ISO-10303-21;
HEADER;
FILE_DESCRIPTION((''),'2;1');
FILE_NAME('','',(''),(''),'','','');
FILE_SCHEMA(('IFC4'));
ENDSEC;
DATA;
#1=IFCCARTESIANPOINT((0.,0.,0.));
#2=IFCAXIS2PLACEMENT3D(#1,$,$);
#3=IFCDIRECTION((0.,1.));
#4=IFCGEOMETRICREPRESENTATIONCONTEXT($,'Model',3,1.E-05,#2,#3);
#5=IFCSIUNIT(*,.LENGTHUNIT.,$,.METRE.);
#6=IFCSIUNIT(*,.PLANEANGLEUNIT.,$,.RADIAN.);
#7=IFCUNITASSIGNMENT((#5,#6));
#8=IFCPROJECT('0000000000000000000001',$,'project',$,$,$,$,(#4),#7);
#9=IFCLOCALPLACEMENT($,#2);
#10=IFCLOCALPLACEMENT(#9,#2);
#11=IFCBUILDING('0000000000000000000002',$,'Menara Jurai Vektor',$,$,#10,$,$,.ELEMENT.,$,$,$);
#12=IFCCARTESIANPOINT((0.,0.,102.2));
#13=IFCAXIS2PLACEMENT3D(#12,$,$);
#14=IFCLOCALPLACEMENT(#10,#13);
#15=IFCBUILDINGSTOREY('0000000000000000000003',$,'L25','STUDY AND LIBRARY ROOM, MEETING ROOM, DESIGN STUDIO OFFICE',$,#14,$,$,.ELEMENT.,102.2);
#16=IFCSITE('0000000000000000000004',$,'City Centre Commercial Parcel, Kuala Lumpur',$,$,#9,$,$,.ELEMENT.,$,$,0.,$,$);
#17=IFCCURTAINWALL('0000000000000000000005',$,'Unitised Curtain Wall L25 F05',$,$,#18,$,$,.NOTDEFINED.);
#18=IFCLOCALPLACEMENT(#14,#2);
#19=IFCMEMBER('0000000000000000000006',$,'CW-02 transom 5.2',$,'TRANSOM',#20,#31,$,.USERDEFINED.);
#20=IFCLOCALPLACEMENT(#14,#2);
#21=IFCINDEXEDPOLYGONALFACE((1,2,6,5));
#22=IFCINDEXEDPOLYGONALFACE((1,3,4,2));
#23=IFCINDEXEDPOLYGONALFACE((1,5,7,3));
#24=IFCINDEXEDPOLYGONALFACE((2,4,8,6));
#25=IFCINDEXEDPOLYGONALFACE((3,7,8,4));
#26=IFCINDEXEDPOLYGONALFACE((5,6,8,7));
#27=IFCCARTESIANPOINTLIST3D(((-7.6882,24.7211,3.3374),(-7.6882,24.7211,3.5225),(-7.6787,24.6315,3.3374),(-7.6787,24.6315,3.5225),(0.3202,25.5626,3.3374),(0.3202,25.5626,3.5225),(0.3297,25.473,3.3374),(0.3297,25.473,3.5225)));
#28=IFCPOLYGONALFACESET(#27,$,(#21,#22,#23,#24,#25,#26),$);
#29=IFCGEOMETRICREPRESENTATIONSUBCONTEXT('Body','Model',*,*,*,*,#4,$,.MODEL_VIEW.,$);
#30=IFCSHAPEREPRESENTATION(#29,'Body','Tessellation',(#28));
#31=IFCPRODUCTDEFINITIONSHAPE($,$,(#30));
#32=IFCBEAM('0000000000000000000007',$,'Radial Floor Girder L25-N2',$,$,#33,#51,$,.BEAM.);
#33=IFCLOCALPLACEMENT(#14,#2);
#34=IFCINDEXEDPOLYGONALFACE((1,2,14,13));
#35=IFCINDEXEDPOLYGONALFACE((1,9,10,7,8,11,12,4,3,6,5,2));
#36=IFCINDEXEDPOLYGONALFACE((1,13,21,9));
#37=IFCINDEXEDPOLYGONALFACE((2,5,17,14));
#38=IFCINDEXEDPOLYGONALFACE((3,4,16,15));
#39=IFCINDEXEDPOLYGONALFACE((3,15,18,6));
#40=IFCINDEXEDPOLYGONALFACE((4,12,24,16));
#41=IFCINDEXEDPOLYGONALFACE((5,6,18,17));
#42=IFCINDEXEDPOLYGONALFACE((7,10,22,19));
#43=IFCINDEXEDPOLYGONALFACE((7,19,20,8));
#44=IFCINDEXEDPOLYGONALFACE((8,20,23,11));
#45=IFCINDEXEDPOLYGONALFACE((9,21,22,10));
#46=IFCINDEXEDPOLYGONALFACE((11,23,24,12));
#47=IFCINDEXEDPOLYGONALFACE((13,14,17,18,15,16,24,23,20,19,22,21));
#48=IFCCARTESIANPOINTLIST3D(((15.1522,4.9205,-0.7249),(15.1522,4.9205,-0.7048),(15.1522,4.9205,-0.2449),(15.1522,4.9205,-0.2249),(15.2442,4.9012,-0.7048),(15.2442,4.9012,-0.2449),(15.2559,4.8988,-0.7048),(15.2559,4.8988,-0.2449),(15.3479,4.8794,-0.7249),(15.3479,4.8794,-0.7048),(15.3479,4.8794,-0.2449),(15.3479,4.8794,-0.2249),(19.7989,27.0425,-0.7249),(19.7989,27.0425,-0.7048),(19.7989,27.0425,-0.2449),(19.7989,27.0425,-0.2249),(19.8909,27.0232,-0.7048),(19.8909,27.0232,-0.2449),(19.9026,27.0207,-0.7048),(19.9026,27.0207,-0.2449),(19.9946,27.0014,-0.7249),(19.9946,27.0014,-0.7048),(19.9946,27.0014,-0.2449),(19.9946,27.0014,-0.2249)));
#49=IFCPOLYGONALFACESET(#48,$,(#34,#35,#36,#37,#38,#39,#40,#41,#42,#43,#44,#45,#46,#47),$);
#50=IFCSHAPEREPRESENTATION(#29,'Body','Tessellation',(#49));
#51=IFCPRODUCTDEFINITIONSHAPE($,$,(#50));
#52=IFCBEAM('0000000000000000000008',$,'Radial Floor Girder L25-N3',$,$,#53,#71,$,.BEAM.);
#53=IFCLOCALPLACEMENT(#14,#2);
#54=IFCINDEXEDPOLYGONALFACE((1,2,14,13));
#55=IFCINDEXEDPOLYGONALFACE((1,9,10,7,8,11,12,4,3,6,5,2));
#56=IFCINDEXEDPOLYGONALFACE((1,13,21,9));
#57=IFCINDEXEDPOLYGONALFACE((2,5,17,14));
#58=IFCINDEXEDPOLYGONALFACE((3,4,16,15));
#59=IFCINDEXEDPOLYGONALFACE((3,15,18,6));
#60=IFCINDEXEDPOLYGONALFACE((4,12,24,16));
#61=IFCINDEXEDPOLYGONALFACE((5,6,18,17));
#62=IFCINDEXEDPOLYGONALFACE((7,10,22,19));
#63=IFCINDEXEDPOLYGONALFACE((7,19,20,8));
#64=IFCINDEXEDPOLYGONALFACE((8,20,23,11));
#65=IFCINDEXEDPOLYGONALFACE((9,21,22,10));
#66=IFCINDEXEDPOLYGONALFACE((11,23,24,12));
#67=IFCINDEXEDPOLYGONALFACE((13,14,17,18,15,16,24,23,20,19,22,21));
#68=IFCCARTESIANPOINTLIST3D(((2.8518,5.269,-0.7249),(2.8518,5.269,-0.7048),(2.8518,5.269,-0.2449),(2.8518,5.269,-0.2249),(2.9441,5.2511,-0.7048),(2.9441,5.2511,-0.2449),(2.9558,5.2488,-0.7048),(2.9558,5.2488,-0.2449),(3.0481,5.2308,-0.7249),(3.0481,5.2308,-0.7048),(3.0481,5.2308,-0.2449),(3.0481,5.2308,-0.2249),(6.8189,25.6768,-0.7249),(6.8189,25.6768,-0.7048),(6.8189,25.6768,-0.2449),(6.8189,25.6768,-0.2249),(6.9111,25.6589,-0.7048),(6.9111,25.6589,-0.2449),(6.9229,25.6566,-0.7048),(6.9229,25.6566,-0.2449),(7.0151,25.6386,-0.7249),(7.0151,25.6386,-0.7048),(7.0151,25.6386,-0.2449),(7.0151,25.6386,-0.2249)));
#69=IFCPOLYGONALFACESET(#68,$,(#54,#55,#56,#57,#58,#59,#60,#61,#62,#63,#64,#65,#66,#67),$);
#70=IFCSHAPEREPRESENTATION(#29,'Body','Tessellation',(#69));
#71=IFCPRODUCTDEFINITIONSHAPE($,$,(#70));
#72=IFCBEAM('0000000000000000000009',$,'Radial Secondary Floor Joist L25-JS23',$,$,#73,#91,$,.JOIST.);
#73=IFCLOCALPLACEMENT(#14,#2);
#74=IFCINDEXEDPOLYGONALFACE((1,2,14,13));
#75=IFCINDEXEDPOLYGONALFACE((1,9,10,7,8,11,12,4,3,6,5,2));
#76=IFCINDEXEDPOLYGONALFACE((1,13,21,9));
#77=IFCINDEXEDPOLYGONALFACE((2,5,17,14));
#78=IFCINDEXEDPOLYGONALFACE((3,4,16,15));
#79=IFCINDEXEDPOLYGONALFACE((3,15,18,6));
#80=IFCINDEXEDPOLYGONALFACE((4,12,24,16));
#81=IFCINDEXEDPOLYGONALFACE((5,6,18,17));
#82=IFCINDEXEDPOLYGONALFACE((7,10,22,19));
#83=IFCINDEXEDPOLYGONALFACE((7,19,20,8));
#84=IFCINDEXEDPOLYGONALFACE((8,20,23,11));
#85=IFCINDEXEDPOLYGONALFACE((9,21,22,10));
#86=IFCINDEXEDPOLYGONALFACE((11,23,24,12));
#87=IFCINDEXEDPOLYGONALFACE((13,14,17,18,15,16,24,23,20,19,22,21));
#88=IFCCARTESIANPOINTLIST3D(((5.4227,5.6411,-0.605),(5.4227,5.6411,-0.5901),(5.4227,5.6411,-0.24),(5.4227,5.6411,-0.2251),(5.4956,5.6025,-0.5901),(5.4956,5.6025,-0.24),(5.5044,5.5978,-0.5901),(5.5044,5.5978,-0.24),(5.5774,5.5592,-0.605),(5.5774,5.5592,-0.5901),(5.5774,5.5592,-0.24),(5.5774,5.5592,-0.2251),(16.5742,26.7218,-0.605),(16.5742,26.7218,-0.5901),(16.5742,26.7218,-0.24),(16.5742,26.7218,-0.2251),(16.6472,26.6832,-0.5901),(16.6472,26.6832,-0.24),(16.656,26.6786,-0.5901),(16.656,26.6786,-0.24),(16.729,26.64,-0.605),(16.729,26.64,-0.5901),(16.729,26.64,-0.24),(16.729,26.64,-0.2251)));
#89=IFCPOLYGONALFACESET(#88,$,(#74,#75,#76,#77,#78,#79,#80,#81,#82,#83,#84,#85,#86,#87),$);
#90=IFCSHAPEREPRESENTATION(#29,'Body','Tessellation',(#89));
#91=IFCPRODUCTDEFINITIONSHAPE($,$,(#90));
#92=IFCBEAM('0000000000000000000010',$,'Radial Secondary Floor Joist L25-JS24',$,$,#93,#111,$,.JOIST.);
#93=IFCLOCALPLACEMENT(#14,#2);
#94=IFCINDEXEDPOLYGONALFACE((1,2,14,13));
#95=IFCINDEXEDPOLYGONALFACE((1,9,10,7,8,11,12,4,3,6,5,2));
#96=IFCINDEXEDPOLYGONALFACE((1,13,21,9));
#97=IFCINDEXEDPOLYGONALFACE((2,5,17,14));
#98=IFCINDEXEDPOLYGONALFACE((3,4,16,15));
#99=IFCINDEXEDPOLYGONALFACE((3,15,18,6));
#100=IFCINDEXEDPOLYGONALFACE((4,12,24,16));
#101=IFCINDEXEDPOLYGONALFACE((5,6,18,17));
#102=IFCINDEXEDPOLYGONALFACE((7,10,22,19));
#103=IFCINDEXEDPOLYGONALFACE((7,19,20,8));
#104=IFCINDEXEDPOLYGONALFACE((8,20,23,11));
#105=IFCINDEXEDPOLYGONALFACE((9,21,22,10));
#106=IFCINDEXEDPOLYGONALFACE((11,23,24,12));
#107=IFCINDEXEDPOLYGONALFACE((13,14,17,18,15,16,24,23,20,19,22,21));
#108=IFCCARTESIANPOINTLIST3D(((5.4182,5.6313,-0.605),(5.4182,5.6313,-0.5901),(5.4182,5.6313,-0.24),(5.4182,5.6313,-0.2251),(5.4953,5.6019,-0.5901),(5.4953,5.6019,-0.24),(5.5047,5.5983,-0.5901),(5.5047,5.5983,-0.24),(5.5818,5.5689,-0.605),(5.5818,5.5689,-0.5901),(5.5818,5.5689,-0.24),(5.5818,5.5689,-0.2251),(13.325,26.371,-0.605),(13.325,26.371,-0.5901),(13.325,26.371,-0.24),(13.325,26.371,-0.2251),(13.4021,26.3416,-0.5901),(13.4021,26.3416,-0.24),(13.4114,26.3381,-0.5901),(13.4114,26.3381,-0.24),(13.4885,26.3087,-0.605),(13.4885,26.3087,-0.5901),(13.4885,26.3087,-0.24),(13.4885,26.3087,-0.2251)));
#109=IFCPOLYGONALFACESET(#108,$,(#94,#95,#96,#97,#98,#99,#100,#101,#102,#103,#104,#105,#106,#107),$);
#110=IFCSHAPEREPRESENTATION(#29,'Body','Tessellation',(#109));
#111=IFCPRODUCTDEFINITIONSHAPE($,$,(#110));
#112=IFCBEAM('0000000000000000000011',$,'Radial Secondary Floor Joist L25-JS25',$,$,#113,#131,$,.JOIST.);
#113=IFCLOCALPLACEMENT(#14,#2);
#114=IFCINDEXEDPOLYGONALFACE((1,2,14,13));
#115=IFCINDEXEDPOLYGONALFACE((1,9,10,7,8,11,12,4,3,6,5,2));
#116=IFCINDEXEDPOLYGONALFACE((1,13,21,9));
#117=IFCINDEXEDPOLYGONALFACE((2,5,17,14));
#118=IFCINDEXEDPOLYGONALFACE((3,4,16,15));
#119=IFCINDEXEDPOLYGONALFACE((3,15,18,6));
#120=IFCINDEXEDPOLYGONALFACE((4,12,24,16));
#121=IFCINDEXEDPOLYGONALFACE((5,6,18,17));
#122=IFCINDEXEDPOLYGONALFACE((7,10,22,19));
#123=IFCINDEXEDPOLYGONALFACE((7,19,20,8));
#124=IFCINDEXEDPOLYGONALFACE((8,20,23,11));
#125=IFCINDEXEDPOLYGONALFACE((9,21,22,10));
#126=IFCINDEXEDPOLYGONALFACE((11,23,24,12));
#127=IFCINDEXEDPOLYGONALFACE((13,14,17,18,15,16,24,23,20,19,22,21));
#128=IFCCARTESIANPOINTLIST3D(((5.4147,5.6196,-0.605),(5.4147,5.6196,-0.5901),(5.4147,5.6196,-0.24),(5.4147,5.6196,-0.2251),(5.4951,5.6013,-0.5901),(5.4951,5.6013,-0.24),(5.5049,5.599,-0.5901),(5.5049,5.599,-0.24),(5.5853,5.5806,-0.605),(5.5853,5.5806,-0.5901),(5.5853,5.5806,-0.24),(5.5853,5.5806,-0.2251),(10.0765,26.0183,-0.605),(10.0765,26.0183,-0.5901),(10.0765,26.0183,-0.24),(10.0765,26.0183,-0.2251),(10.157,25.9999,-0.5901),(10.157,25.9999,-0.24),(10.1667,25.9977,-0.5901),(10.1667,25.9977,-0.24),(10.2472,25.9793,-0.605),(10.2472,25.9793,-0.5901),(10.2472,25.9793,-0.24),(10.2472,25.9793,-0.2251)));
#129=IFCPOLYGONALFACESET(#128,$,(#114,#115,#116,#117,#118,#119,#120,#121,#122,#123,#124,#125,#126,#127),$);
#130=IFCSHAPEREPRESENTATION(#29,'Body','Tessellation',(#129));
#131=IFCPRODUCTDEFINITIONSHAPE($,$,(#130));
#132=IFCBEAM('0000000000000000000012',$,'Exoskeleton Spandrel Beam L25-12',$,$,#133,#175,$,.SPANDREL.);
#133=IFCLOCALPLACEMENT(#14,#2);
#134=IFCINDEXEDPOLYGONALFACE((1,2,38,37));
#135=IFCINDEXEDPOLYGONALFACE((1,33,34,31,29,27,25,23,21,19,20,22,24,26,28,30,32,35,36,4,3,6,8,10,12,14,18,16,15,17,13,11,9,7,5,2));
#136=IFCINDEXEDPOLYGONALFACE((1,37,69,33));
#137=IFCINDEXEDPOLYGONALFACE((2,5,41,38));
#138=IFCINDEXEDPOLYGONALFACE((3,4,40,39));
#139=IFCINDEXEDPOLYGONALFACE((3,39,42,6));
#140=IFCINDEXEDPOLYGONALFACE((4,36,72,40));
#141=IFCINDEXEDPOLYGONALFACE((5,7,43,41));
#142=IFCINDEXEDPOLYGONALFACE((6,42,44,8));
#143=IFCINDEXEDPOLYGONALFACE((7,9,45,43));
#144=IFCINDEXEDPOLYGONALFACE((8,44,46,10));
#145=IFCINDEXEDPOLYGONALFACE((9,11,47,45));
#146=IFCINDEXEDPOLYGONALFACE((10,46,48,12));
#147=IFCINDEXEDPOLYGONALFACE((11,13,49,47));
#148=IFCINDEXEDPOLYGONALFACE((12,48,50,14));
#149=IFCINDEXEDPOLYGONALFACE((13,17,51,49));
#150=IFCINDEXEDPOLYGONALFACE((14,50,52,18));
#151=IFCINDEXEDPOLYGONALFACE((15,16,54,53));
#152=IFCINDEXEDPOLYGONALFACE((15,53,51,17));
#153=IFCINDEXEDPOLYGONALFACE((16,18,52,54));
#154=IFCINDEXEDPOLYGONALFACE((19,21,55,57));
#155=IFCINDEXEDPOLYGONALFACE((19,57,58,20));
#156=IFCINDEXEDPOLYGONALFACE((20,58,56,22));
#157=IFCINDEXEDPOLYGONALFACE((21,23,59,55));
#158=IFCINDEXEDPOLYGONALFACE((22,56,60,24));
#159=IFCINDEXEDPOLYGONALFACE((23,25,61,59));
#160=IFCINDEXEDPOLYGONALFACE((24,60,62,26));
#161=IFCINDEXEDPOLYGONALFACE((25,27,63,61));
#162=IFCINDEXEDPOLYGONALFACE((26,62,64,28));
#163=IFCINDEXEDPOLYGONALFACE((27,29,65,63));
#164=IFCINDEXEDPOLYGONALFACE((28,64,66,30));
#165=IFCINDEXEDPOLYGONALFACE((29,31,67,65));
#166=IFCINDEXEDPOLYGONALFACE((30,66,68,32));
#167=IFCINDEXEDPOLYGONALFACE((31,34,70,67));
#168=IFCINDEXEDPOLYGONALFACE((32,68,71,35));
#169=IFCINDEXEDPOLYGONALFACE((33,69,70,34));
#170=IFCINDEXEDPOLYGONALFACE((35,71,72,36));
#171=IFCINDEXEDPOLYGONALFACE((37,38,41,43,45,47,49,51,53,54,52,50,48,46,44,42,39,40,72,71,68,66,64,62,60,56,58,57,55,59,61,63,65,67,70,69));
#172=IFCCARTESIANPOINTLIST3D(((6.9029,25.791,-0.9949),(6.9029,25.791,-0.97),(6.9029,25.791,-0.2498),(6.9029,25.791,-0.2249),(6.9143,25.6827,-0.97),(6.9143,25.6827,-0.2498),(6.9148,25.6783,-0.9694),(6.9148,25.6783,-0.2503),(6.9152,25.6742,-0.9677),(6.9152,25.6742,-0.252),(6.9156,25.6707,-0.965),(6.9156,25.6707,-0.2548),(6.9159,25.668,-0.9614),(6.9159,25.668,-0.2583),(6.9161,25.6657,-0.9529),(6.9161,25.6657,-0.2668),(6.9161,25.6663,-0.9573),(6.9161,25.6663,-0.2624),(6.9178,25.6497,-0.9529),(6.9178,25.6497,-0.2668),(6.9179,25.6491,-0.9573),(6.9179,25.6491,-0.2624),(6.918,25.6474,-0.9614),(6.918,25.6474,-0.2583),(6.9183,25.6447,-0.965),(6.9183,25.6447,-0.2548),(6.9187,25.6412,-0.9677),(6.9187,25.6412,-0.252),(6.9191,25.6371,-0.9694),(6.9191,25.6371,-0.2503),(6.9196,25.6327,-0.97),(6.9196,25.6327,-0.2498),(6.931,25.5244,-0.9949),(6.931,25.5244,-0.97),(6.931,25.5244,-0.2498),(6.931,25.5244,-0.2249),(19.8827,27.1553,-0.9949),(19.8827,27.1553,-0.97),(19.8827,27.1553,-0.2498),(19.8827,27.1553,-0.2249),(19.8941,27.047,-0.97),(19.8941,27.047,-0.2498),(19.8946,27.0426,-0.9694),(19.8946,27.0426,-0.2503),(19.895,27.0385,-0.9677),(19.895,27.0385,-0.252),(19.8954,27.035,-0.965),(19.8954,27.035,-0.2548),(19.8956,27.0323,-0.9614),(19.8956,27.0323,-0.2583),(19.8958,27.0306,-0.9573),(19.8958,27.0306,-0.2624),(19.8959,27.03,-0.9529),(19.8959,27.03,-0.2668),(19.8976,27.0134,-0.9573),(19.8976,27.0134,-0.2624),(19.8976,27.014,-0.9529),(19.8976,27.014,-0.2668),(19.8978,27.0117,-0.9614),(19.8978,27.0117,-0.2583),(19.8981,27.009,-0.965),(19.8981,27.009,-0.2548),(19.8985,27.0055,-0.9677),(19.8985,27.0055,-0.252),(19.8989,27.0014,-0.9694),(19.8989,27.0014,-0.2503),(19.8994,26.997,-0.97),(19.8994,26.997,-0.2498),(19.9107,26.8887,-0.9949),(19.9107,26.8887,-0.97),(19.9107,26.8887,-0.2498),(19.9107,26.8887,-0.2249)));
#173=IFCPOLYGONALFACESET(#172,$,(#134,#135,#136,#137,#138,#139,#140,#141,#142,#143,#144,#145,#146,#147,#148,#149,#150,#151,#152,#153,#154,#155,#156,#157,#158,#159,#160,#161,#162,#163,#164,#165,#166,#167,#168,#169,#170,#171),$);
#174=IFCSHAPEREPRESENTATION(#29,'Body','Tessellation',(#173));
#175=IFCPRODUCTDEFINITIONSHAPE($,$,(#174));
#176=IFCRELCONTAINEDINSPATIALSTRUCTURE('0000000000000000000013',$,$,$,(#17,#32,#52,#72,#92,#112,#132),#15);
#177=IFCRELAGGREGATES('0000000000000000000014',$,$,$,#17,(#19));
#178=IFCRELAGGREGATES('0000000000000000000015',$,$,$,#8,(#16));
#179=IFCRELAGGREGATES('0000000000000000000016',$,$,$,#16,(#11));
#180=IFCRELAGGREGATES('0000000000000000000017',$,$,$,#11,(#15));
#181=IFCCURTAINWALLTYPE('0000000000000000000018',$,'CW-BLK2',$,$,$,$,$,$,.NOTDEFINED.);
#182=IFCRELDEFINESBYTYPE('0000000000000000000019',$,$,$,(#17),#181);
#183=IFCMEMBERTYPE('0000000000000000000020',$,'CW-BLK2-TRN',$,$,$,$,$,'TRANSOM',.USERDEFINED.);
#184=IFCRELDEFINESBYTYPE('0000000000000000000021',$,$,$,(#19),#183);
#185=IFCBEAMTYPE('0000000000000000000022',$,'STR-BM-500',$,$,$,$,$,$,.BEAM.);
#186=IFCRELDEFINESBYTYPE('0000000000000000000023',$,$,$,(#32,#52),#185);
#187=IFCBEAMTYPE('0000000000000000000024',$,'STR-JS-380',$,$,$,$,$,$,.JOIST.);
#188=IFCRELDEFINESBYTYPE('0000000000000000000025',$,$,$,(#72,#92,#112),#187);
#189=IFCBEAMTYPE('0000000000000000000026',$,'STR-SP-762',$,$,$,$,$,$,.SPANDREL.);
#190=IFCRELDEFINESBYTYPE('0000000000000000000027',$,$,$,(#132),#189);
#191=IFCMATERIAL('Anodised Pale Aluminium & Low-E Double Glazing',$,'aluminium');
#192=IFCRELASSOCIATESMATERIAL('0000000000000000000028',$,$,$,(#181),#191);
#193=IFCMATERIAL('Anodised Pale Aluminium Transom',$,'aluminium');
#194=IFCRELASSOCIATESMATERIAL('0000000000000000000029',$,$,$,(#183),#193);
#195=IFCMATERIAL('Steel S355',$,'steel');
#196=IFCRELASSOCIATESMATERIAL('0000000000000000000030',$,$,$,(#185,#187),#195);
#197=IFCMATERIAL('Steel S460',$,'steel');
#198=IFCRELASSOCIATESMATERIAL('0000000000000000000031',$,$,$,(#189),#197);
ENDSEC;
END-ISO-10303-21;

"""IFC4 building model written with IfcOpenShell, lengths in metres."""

from ifc_helpers import new_model, si_unit, direction, frame, origin, origin_2d, place, context, subcontext, project, spatial, rectangle, i_section, extrude, material, material_profile, profile_set, type_object, element, aggregate, save


model = new_model("IFC4")

# Units and contexts
model_context = context("Model", 3, precision=1e-05, world=origin(), true_north=direction((0.0, 1.0)))
body_context = subcontext(model_context, "Body", "Model", "MODEL_VIEW")
ifc_project = project(units=[si_unit("LENGTHUNIT", "METRE"), si_unit("PLANEANGLEUNIT", "RADIAN")], contexts=[model_context])

# Site, building, storey
site_placement = place(None, origin())
site = spatial("IfcSite", under=ifc_project, at=site_placement, Name="City Centre Commercial Parcel, Kuala Lumpur", CompositionType="ELEMENT", RefElevation=0.0)
building_placement = place(site_placement, origin())
building = spatial("IfcBuilding", under=site, at=building_placement, Name="Menara Jurai Vektor", CompositionType="ELEMENT")
storey_placement = place(building_placement, frame((0.0, 0.0, 102.2)))
storey = spatial("IfcBuildingStorey", under=building, at=storey_placement, Name="L25", Description="STUDY AND LIBRARY ROOM, MEETING ROOM, DESIGN STUDIO OFFICE", CompositionType="ELEMENT", Elevation=102.2)

# Shared definitions
ifc_material_1 = material(Name="Steel S460", Category="steel")

# Curtain wall, member
ifc_material_2 = material(Name="Anodised Pale Aluminium & Low-E Double Glazing", Category="aluminium")
curtain_wall_type = type_object("IfcCurtainWallType", Name="CW-BLK2", PredefinedType="NOTDEFINED", material=ifc_material_2)
curtain_wall_placement = place(storey_placement, origin())
curtain_wall = element("IfcCurtainWall", 1, at=curtain_wall_placement, inside=storey, type_object=curtain_wall_type, Name="Unitised Curtain Wall L25 F05", PredefinedType="NOTDEFINED")
ifc_material_3 = material(Name="Anodised Pale Aluminium Transom", Category="aluminium")
ifc_material_profile_1 = material_profile(ifc_material_3, rectangle(XDim=0.0901, YDim=0.1851, at=origin_2d()), Name="ALU TRN 90x185")
ifc_profile_set_1 = profile_set([ifc_material_profile_1], Name="Anodised Pale Aluminium Transom")
member_type_1 = type_object("IfcMemberType", Name="CW-BLK2-TRN", ElementType="TRANSOM", PredefinedType="USERDEFINED", material=ifc_profile_set_1)
member_1_placement = place(storey_placement, frame((0.325, 25.5178, 3.4299), z_axis=(-0.994524, -0.10451, 0.0), x_axis=(0.10451, -0.994524, 0.0)))
member_1 = element("IfcMember", 2, at=member_1_placement, type_object=member_type_1, Name="CW-02 transom 5.2", ObjectType="TRANSOM", PredefinedType="USERDEFINED", context=body_context, shape_type="SweptSolid", body=[
    extrude(rectangle(XDim=0.0901, YDim=0.1851, at=origin_2d()), origin(), (0.0, 0.0, 1.0), 8.0525),
])

# Beams
ifc_material_4 = material(Name="Steel S355", Category="steel")
ifc_material_profile_2 = material_profile(ifc_material_4, i_section(OverallWidth=0.2, OverallDepth=0.5, WebThickness=0.012, FlangeThickness=0.02, at=origin_2d()), Name="PG 500x200x96")
ifc_profile_set_2 = profile_set([ifc_material_profile_2], Name="Steel S355")
beam_type_1 = type_object("IfcBeamType", Name="STR-BM-500", PredefinedType="BEAM", material=ifc_profile_set_2)
beam_1_placement = place(storey_placement, frame((19.8967, 27.022, -0.4749), z_axis=(-0.205564, -0.978644, 0.0), x_axis=(0.978644, -0.205564, 0.0)))
element("IfcBeam", 3, at=beam_1_placement, inside=storey, type_object=beam_type_1, Name="Radial Floor Girder L25-N2", PredefinedType="BEAM", context=body_context, shape_type="SweptSolid", body=[
    extrude(i_section(OverallWidth=0.2, OverallDepth=0.5, WebThickness=0.012, FlangeThickness=0.02, at=origin_2d()), origin(), (0.0, 0.0, 1.0), 22.6047),
])
beam_2_placement = place(storey_placement, frame((6.917, 25.6577, -0.4749), z_axis=(-0.190817, -0.981626, 0.0), x_axis=(0.981626, -0.190817, 0.0)))
element("IfcBeam", 4, at=beam_2_placement, inside=storey, type_object=beam_type_1, Name="Radial Floor Girder L25-N3", PredefinedType="BEAM", context=body_context, shape_type="SweptSolid", body=[
    extrude(i_section(OverallWidth=0.2, OverallDepth=0.5, WebThickness=0.012, FlangeThickness=0.02, at=origin_2d()), origin(), (0.0, 0.0, 1.0), 20.7898),
])
ifc_material_profile_3 = material_profile(ifc_material_4, i_section(OverallWidth=0.175, OverallDepth=0.3799, WebThickness=0.01, FlangeThickness=0.0149, at=origin_2d()), Name="PG 380x175x58")
ifc_profile_set_3 = profile_set([ifc_material_profile_3], Name="Steel S355")
beam_type_2 = type_object("IfcBeamType", Name="STR-JS-380", PredefinedType="JOIST", material=ifc_profile_set_3)
beam_3_placement = place(storey_placement, frame((16.6516, 26.6809, -0.415), z_axis=(-0.467599, -0.883941, 0.0), x_axis=(0.883941, -0.467599, 0.0)))
element("IfcBeam", 5, at=beam_3_placement, inside=storey, type_object=beam_type_2, Name="Radial Secondary Floor Joist L25-JS23", PredefinedType="JOIST", context=body_context, shape_type="SweptSolid", body=[
    extrude(i_section(OverallWidth=0.175, OverallDepth=0.3799, WebThickness=0.01, FlangeThickness=0.0149, at=origin_2d()), origin(), (0.0, 0.0, 1.0), 23.8486),
])
beam_4_placement = place(storey_placement, frame((13.4067, 26.3398, -0.415), z_axis=(-0.356227, -0.9344, 0.0), x_axis=(0.9344, -0.356227, 0.0)))
element("IfcBeam", 6, at=beam_4_placement, inside=storey, type_object=beam_type_2, Name="Radial Secondary Floor Joist L25-JS24", PredefinedType="JOIST", context=body_context, shape_type="SweptSolid", body=[
    extrude(i_section(OverallWidth=0.175, OverallDepth=0.3799, WebThickness=0.01, FlangeThickness=0.0149, at=origin_2d()), origin(), (0.0, 0.0, 1.0), 22.1958),
])
beam_5_placement = place(storey_placement, frame((10.1619, 25.9988, -0.415), z_axis=(-0.222793, -0.974866, 0.0), x_axis=(0.974866, -0.222793, 0.0)))
element("IfcBeam", 7, at=beam_5_placement, inside=storey, type_object=beam_type_2, Name="Radial Secondary Floor Joist L25-JS25", PredefinedType="JOIST", context=body_context, shape_type="SweptSolid", body=[
    extrude(i_section(OverallWidth=0.175, OverallDepth=0.3799, WebThickness=0.01, FlangeThickness=0.0149, at=origin_2d()), origin(), (0.0, 0.0, 1.0), 20.9246),
])
ifc_material_profile_4 = material_profile(ifc_material_1, i_section(OverallWidth=0.2681, OverallDepth=0.77, WebThickness=0.0161, FlangeThickness=0.0249, FilletRadius=0.0171, at=origin_2d()), Name="UKB 762x267x197")
ifc_profile_set_4 = profile_set([ifc_material_profile_4], Name="Steel S460")
beam_type_3 = type_object("IfcBeamType", Name="STR-SP-762", PredefinedType="SPANDREL", material=ifc_profile_set_4)
beam_6_placement = place(storey_placement, frame((19.8967, 27.022, -0.6099), z_axis=(-0.994522, -0.104531, 0.0), x_axis=(0.104531, -0.994522, 0.0)))
element("IfcBeam", 8, at=beam_6_placement, inside=storey, type_object=beam_type_3, Name="Exoskeleton Spandrel Beam L25-12", PredefinedType="SPANDREL", context=body_context, shape_type="SweptSolid", body=[
    extrude(i_section(OverallWidth=0.2681, OverallDepth=0.77, WebThickness=0.0161, FlangeThickness=0.0249, FilletRadius=0.0171, at=origin_2d()), origin(), (0.0, 0.0, 1.0), 13.0513),
])

aggregate(curtain_wall, [member_1])

save(model, "model.ifc")
